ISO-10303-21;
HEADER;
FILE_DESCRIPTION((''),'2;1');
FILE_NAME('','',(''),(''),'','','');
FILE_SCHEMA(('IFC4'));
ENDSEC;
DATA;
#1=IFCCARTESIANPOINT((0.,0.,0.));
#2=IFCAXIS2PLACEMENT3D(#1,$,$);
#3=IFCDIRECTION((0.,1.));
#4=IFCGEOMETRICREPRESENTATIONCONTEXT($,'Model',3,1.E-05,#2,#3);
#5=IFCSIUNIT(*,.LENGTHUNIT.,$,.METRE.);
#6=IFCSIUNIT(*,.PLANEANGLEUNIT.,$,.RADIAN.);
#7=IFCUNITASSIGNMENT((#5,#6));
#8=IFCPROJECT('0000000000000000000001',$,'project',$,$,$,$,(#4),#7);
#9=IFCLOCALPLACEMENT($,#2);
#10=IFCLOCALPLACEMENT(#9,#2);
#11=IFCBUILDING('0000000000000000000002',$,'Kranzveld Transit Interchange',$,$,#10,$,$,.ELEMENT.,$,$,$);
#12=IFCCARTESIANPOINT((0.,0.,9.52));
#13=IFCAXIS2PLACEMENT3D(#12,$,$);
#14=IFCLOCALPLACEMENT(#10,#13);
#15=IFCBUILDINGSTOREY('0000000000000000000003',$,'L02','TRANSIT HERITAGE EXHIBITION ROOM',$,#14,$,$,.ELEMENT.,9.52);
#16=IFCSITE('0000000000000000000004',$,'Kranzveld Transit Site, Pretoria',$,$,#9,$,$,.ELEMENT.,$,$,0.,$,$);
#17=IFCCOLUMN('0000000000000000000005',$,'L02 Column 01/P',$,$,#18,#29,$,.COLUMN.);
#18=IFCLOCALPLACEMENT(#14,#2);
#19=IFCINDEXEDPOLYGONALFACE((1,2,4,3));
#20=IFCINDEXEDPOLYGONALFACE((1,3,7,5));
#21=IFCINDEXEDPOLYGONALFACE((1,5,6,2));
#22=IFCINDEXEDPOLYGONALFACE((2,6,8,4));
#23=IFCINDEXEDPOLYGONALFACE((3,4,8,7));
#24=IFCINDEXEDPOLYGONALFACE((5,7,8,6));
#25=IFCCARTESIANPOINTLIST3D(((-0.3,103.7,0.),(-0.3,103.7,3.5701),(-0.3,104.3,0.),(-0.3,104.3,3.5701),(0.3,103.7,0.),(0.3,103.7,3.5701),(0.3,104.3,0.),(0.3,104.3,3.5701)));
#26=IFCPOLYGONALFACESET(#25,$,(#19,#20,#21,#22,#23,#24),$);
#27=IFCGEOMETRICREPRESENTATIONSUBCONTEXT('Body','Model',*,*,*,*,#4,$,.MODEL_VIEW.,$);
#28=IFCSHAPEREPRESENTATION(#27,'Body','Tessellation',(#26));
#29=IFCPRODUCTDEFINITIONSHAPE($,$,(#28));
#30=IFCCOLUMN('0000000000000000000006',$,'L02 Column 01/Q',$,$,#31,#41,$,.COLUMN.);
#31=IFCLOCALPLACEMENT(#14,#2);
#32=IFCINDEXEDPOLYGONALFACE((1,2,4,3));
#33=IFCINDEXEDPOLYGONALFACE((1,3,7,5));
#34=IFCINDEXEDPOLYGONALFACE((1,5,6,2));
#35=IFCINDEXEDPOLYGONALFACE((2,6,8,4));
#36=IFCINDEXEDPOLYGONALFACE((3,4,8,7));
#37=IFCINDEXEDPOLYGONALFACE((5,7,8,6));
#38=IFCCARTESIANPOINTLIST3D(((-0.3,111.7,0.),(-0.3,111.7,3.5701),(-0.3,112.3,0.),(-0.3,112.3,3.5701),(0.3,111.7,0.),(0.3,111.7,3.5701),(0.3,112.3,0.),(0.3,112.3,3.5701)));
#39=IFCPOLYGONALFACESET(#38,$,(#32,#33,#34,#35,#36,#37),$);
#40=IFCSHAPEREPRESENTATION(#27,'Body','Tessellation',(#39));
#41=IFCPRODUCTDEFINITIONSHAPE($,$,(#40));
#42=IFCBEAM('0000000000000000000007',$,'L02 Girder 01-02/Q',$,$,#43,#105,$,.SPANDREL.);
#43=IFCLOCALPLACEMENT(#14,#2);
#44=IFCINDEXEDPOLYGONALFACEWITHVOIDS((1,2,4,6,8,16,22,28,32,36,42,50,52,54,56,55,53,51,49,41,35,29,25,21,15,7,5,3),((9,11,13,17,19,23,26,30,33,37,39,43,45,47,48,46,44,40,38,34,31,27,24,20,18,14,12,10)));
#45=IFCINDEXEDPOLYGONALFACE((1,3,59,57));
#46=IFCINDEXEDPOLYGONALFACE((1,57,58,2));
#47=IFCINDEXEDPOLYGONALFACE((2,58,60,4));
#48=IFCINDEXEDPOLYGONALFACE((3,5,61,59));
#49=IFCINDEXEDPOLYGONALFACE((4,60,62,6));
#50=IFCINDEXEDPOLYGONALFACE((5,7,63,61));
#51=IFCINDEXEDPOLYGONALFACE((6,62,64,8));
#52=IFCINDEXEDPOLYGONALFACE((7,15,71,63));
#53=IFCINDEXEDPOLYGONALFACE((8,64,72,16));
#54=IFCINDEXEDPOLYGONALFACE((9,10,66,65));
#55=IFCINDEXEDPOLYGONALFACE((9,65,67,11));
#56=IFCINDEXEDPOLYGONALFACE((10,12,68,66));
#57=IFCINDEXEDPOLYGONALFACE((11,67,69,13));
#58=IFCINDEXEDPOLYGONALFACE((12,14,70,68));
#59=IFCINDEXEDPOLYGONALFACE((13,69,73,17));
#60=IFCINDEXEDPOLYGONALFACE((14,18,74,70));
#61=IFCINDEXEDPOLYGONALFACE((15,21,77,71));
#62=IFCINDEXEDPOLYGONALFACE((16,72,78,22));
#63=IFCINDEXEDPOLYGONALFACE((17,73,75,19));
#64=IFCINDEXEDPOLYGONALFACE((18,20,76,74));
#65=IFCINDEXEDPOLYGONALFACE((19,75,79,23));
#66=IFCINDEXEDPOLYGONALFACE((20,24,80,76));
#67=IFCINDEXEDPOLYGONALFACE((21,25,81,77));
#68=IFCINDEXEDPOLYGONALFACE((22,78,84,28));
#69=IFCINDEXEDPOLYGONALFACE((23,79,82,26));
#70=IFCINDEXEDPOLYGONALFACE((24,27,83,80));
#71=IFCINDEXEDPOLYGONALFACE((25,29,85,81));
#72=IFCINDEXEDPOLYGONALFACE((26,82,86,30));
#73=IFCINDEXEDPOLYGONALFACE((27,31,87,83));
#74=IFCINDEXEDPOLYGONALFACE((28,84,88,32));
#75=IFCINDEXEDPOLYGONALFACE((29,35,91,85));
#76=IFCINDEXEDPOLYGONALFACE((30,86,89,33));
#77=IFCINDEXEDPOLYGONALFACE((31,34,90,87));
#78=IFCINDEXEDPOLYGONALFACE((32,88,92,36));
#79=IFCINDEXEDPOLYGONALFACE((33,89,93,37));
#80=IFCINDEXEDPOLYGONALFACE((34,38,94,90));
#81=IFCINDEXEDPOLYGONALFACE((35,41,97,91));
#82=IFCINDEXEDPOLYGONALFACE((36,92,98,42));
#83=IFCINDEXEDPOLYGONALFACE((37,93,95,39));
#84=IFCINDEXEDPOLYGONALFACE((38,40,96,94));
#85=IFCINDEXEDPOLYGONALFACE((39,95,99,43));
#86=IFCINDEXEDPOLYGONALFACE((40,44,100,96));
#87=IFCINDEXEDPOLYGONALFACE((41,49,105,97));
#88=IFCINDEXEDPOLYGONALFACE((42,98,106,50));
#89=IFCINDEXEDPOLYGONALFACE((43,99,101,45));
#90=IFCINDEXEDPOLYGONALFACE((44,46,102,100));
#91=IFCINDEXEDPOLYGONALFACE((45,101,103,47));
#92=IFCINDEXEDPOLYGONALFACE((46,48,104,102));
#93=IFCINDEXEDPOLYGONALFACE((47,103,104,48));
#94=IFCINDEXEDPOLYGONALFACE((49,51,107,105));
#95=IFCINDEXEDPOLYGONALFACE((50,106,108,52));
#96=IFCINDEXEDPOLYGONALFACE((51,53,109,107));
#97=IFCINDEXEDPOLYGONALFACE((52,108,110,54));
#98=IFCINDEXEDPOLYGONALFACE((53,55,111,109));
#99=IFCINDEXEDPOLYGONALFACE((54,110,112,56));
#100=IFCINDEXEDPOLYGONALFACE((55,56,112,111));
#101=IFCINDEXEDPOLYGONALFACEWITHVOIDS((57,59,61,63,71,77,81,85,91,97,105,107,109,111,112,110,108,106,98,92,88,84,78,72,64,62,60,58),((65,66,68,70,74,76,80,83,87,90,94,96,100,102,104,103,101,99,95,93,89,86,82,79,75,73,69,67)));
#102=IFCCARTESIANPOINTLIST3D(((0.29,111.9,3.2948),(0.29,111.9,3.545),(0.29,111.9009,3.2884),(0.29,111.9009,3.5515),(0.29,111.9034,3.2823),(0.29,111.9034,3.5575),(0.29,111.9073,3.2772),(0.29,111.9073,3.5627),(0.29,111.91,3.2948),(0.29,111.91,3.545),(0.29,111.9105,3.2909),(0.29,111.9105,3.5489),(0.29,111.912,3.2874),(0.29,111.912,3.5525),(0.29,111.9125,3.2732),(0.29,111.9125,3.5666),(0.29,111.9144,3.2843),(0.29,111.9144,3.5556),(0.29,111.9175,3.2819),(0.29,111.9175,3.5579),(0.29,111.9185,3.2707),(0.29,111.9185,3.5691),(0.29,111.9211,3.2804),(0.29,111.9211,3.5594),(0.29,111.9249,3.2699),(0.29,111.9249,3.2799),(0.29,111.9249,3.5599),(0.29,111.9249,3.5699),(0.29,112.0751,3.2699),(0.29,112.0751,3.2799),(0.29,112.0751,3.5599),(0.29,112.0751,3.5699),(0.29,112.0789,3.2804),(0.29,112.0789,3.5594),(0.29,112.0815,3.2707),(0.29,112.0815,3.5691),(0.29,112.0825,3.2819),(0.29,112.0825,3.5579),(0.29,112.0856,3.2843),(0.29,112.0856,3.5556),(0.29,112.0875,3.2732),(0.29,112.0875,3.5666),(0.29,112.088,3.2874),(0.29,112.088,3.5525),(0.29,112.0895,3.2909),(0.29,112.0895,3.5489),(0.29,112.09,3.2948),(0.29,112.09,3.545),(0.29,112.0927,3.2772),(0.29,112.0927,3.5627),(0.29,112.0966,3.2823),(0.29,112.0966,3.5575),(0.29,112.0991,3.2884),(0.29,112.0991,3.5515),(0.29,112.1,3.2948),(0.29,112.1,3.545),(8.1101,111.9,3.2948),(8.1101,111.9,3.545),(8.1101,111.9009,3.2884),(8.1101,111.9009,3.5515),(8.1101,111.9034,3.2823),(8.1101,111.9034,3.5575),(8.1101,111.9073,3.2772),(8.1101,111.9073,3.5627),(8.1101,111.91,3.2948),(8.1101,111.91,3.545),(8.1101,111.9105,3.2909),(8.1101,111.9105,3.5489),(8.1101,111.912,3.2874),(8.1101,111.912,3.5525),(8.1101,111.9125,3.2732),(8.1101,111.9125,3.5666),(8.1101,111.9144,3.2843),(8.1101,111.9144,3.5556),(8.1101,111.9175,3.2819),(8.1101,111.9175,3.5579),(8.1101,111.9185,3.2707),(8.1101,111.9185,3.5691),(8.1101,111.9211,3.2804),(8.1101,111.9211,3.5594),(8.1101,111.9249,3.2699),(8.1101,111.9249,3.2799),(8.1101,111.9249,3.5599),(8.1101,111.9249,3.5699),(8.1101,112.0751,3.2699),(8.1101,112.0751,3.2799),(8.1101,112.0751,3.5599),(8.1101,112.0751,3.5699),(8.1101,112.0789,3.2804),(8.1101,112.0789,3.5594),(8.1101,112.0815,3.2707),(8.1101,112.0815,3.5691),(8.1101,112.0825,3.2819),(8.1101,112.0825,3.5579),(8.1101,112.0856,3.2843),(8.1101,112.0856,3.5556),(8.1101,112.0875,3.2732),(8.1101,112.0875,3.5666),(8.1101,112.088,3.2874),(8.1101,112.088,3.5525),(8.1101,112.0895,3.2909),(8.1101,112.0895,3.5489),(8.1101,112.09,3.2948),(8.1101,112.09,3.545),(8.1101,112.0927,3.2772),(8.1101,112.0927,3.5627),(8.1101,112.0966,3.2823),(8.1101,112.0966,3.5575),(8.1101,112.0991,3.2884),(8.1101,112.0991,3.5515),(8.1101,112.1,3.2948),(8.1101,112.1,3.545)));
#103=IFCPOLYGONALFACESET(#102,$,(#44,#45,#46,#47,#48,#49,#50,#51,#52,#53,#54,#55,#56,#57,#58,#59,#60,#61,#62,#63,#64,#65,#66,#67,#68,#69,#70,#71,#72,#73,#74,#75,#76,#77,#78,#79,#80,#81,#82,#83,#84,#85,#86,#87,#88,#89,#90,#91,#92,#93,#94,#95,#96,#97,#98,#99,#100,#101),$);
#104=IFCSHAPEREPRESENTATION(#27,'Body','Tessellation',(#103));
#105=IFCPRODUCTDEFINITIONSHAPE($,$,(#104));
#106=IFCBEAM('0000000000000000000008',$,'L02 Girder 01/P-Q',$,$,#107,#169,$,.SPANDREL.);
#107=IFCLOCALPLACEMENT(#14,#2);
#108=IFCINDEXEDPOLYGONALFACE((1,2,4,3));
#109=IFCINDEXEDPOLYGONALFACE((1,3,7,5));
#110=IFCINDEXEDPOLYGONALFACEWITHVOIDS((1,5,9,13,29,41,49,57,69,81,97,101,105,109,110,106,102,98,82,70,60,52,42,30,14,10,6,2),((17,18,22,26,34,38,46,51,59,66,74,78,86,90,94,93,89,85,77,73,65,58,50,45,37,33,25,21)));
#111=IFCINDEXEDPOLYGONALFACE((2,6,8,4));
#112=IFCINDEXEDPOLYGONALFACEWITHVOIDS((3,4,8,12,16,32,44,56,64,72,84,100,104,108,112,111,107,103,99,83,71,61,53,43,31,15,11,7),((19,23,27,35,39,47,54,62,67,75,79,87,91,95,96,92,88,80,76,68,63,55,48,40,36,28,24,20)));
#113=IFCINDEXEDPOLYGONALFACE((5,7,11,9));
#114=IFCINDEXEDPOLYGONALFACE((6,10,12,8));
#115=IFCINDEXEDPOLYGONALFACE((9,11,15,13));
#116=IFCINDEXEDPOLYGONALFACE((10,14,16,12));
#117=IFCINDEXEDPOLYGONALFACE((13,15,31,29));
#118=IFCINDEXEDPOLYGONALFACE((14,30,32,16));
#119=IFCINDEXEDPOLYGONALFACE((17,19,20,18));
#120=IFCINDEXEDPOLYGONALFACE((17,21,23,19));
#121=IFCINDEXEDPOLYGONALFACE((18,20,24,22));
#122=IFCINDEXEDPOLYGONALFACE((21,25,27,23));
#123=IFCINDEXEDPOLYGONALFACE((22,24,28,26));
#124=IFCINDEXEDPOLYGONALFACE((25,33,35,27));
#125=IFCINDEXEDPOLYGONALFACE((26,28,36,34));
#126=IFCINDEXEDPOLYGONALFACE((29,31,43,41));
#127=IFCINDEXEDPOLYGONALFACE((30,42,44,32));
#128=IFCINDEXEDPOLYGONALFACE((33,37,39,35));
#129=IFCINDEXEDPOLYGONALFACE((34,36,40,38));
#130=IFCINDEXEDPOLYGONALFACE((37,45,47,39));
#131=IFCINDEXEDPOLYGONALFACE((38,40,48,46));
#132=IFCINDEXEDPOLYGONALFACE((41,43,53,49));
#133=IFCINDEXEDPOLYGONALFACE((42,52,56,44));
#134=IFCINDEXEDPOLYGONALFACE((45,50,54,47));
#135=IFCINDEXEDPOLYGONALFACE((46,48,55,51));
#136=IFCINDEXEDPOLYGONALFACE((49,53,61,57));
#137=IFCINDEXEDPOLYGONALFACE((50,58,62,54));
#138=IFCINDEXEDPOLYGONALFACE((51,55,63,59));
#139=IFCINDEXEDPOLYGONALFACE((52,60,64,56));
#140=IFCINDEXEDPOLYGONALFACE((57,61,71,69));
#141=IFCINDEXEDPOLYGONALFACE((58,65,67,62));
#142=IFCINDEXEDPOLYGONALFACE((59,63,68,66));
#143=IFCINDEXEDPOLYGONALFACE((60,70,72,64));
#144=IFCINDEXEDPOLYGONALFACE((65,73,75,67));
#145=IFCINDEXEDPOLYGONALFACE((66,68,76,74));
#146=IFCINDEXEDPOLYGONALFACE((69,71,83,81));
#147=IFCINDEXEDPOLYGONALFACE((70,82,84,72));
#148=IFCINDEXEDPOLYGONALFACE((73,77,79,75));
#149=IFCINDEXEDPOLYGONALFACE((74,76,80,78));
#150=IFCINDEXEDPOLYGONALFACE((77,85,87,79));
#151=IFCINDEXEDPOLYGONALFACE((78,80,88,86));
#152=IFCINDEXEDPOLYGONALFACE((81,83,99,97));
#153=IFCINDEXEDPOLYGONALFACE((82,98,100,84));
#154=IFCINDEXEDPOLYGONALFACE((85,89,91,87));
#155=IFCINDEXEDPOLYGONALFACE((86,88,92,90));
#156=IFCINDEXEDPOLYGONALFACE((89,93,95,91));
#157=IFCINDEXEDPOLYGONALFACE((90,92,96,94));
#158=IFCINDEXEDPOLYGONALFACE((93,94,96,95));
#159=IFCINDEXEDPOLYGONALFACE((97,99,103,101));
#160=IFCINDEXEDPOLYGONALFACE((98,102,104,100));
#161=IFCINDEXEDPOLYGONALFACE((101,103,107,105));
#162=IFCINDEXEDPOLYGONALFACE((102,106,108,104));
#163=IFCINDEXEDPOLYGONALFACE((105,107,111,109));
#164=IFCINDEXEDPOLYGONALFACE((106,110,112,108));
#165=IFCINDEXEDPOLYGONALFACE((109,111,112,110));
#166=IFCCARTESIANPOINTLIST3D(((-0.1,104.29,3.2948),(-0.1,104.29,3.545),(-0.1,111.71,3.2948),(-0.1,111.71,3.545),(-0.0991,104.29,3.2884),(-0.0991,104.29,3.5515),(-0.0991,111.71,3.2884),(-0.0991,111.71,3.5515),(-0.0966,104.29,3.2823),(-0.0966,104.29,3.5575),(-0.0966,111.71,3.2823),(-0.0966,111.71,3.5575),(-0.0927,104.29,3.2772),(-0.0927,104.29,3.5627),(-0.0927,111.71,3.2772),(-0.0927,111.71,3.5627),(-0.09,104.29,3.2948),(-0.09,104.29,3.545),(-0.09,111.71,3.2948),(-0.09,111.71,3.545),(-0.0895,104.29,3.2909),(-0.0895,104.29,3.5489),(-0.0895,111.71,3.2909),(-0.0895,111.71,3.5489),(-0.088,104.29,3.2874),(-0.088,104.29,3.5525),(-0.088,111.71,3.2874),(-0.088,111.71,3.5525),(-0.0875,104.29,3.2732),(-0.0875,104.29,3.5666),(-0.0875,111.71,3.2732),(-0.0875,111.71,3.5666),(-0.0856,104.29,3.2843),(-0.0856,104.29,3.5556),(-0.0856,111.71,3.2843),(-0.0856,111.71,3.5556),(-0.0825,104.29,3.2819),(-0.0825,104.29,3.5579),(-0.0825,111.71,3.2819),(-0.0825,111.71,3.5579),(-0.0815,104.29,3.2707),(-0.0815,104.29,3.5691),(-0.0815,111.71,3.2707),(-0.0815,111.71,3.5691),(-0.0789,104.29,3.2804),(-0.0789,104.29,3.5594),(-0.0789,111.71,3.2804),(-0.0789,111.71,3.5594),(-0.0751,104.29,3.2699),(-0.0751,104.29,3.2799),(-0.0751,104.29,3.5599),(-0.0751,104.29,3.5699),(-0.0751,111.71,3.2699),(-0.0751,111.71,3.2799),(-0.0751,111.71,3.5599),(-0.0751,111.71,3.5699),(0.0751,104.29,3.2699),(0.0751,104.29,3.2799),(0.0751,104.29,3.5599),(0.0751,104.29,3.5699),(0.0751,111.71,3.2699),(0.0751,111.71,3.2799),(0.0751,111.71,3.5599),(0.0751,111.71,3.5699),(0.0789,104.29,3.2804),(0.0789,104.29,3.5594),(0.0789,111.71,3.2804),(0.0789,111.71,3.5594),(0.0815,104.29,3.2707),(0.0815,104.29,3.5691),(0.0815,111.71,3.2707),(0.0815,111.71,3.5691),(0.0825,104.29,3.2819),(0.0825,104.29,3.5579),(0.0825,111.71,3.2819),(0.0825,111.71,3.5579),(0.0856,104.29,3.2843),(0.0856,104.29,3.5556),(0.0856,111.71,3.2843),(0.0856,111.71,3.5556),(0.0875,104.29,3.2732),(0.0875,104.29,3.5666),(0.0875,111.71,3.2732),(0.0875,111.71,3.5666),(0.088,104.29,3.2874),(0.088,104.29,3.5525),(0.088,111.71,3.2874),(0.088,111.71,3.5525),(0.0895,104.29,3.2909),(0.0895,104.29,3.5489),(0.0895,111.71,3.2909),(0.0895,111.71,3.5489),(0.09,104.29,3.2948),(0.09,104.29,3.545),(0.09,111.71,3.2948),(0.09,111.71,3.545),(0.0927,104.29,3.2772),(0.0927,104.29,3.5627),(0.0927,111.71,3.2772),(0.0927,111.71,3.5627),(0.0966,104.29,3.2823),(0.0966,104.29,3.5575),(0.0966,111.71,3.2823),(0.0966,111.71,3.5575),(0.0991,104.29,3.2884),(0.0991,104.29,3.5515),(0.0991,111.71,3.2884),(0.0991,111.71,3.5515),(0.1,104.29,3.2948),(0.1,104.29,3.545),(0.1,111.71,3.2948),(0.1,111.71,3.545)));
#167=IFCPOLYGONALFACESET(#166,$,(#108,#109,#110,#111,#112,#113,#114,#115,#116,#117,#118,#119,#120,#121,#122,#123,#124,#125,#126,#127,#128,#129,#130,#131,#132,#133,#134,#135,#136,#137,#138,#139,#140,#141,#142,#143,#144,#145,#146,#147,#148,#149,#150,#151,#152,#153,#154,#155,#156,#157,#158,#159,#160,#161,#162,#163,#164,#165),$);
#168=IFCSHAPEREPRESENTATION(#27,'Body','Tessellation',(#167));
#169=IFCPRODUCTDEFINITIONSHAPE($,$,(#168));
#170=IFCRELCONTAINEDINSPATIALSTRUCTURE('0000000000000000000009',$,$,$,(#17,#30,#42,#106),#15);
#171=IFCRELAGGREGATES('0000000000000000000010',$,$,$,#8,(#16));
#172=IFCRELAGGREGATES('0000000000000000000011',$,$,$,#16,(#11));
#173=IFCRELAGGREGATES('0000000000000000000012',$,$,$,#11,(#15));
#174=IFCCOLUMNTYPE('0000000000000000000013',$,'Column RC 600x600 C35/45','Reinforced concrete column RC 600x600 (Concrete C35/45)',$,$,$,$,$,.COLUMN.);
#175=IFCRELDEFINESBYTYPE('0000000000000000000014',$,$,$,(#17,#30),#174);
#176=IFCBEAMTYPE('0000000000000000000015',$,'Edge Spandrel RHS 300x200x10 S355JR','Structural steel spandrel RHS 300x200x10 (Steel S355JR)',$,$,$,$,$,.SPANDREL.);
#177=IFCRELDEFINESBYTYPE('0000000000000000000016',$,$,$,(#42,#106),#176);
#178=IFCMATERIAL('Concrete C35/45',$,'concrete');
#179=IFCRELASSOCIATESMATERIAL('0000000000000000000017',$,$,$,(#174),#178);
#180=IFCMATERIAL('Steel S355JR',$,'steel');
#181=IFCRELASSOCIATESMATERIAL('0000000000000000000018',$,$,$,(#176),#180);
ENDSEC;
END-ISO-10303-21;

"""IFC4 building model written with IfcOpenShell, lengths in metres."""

from ifc_helpers import new_model, si_unit, direction, frame, origin, origin_2d, place, context, subcontext, project, spatial, rectangle, hollow_rectangle, extrude, material, material_profile, profile_set, type_object, element, save


model = new_model("IFC4")

# Units and contexts
model_context = context("Model", 3, precision=1e-05, world=origin(), true_north=direction((0.0, 1.0)))
body_context = subcontext(model_context, "Body", "Model", "MODEL_VIEW")
ifc_project = project(units=[si_unit("LENGTHUNIT", "METRE"), si_unit("PLANEANGLEUNIT", "RADIAN")], contexts=[model_context])

# Site, building, storey
site_placement = place(None, origin())
site = spatial("IfcSite", under=ifc_project, at=site_placement, Name="Kranzveld Transit Site, Pretoria", CompositionType="ELEMENT", RefElevation=0.0)
building_placement = place(site_placement, origin())
building = spatial("IfcBuilding", under=site, at=building_placement, Name="Kranzveld Transit Interchange", CompositionType="ELEMENT")
storey_placement = place(building_placement, frame((0.0, 0.0, 9.52)))
storey = spatial("IfcBuildingStorey", under=building, at=storey_placement, Name="L02", Description="TRANSIT HERITAGE EXHIBITION ROOM", CompositionType="ELEMENT", Elevation=9.52)

# Columns
ifc_material_1 = material(Name="Concrete C35/45", Category="concrete")
ifc_material_profile_1 = material_profile(ifc_material_1, rectangle(XDim=0.6001, YDim=0.6001, at=origin_2d()), Name="RC 600x600")
ifc_profile_set_1 = profile_set([ifc_material_profile_1], Name="Concrete C35/45")
column_type = type_object("IfcColumnType", Name="Column RC 600x600 C35/45", Description="Reinforced concrete column RC 600x600 (Concrete C35/45)", PredefinedType="COLUMN", material=ifc_profile_set_1)
for number, where, z_axis, x_axis, name in (
    (1, (0.0, 104.0, 0.0), (0.0, 0.0, 1.0), (1.0, 0.0, 0.0), "L02 Column 01/P"),
    (2, (0.0, 112.0, 0.0), (0.0, 0.0, 1.0), (1.0, 0.0, 0.0), "L02 Column 01/Q"),
):
    element("IfcColumn", number, at=place(storey_placement, frame(where, z_axis=z_axis, x_axis=x_axis)), inside=storey, type_object=column_type, Name=name, PredefinedType="COLUMN", context=body_context, shape_type="SweptSolid", body=[
        extrude(rectangle(XDim=0.6001, YDim=0.6001, at=origin_2d()), origin(), (0.0, 0.0, 1.0), 3.5701),
    ])

# Beams
ifc_material_2 = material(Name="Steel S355JR", Category="steel")
ifc_material_profile_2 = material_profile(ifc_material_2, hollow_rectangle(XDim=0.2, YDim=0.3, WallThickness=0.01, InnerFilletRadius=0.0149, OuterFilletRadius=0.0249, at=origin_2d()), Name="RHS 300x200x10")
ifc_profile_set_2 = profile_set([ifc_material_profile_2], Name="Steel S355JR")
beam_type_1 = type_object("IfcBeamType", Name="Edge Spandrel RHS 300x200x10 S355JR", Description="Structural steel spandrel RHS 300x200x10 (Steel S355JR)", PredefinedType="SPANDREL", material=ifc_profile_set_2)
beam_1_placement = place(storey_placement, frame((0.29, 112.0, 3.4199), z_axis=(1.0, 0.0, 0.0), x_axis=(0.0, 1.0, 0.0)))
element("IfcBeam", 3, at=beam_1_placement, inside=storey, type_object=beam_type_1, Name="L02 Girder 01-02/Q", PredefinedType="SPANDREL", context=body_context, shape_type="SweptSolid", body=[
    extrude(hollow_rectangle(XDim=0.2, YDim=0.3, WallThickness=0.01, InnerFilletRadius=0.0149, OuterFilletRadius=0.0249, at=origin_2d()), origin(), (0.0, 0.0, 1.0), 7.8201),
])
beam_2_placement = place(storey_placement, frame((0.0, 104.29, 3.4199), z_axis=(0.0, 1.0, 0.0), x_axis=(-1.0, 0.0, 0.0)))
element("IfcBeam", 4, at=beam_2_placement, inside=storey, type_object=beam_type_1, Name="L02 Girder 01/P-Q", PredefinedType="SPANDREL", context=body_context, shape_type="SweptSolid", body=[
    extrude(hollow_rectangle(XDim=0.2, YDim=0.3, WallThickness=0.01, InnerFilletRadius=0.0149, OuterFilletRadius=0.0249, at=origin_2d()), origin(), (0.0, 0.0, 1.0), 7.4199),
])

save(model, "model.ifc")
